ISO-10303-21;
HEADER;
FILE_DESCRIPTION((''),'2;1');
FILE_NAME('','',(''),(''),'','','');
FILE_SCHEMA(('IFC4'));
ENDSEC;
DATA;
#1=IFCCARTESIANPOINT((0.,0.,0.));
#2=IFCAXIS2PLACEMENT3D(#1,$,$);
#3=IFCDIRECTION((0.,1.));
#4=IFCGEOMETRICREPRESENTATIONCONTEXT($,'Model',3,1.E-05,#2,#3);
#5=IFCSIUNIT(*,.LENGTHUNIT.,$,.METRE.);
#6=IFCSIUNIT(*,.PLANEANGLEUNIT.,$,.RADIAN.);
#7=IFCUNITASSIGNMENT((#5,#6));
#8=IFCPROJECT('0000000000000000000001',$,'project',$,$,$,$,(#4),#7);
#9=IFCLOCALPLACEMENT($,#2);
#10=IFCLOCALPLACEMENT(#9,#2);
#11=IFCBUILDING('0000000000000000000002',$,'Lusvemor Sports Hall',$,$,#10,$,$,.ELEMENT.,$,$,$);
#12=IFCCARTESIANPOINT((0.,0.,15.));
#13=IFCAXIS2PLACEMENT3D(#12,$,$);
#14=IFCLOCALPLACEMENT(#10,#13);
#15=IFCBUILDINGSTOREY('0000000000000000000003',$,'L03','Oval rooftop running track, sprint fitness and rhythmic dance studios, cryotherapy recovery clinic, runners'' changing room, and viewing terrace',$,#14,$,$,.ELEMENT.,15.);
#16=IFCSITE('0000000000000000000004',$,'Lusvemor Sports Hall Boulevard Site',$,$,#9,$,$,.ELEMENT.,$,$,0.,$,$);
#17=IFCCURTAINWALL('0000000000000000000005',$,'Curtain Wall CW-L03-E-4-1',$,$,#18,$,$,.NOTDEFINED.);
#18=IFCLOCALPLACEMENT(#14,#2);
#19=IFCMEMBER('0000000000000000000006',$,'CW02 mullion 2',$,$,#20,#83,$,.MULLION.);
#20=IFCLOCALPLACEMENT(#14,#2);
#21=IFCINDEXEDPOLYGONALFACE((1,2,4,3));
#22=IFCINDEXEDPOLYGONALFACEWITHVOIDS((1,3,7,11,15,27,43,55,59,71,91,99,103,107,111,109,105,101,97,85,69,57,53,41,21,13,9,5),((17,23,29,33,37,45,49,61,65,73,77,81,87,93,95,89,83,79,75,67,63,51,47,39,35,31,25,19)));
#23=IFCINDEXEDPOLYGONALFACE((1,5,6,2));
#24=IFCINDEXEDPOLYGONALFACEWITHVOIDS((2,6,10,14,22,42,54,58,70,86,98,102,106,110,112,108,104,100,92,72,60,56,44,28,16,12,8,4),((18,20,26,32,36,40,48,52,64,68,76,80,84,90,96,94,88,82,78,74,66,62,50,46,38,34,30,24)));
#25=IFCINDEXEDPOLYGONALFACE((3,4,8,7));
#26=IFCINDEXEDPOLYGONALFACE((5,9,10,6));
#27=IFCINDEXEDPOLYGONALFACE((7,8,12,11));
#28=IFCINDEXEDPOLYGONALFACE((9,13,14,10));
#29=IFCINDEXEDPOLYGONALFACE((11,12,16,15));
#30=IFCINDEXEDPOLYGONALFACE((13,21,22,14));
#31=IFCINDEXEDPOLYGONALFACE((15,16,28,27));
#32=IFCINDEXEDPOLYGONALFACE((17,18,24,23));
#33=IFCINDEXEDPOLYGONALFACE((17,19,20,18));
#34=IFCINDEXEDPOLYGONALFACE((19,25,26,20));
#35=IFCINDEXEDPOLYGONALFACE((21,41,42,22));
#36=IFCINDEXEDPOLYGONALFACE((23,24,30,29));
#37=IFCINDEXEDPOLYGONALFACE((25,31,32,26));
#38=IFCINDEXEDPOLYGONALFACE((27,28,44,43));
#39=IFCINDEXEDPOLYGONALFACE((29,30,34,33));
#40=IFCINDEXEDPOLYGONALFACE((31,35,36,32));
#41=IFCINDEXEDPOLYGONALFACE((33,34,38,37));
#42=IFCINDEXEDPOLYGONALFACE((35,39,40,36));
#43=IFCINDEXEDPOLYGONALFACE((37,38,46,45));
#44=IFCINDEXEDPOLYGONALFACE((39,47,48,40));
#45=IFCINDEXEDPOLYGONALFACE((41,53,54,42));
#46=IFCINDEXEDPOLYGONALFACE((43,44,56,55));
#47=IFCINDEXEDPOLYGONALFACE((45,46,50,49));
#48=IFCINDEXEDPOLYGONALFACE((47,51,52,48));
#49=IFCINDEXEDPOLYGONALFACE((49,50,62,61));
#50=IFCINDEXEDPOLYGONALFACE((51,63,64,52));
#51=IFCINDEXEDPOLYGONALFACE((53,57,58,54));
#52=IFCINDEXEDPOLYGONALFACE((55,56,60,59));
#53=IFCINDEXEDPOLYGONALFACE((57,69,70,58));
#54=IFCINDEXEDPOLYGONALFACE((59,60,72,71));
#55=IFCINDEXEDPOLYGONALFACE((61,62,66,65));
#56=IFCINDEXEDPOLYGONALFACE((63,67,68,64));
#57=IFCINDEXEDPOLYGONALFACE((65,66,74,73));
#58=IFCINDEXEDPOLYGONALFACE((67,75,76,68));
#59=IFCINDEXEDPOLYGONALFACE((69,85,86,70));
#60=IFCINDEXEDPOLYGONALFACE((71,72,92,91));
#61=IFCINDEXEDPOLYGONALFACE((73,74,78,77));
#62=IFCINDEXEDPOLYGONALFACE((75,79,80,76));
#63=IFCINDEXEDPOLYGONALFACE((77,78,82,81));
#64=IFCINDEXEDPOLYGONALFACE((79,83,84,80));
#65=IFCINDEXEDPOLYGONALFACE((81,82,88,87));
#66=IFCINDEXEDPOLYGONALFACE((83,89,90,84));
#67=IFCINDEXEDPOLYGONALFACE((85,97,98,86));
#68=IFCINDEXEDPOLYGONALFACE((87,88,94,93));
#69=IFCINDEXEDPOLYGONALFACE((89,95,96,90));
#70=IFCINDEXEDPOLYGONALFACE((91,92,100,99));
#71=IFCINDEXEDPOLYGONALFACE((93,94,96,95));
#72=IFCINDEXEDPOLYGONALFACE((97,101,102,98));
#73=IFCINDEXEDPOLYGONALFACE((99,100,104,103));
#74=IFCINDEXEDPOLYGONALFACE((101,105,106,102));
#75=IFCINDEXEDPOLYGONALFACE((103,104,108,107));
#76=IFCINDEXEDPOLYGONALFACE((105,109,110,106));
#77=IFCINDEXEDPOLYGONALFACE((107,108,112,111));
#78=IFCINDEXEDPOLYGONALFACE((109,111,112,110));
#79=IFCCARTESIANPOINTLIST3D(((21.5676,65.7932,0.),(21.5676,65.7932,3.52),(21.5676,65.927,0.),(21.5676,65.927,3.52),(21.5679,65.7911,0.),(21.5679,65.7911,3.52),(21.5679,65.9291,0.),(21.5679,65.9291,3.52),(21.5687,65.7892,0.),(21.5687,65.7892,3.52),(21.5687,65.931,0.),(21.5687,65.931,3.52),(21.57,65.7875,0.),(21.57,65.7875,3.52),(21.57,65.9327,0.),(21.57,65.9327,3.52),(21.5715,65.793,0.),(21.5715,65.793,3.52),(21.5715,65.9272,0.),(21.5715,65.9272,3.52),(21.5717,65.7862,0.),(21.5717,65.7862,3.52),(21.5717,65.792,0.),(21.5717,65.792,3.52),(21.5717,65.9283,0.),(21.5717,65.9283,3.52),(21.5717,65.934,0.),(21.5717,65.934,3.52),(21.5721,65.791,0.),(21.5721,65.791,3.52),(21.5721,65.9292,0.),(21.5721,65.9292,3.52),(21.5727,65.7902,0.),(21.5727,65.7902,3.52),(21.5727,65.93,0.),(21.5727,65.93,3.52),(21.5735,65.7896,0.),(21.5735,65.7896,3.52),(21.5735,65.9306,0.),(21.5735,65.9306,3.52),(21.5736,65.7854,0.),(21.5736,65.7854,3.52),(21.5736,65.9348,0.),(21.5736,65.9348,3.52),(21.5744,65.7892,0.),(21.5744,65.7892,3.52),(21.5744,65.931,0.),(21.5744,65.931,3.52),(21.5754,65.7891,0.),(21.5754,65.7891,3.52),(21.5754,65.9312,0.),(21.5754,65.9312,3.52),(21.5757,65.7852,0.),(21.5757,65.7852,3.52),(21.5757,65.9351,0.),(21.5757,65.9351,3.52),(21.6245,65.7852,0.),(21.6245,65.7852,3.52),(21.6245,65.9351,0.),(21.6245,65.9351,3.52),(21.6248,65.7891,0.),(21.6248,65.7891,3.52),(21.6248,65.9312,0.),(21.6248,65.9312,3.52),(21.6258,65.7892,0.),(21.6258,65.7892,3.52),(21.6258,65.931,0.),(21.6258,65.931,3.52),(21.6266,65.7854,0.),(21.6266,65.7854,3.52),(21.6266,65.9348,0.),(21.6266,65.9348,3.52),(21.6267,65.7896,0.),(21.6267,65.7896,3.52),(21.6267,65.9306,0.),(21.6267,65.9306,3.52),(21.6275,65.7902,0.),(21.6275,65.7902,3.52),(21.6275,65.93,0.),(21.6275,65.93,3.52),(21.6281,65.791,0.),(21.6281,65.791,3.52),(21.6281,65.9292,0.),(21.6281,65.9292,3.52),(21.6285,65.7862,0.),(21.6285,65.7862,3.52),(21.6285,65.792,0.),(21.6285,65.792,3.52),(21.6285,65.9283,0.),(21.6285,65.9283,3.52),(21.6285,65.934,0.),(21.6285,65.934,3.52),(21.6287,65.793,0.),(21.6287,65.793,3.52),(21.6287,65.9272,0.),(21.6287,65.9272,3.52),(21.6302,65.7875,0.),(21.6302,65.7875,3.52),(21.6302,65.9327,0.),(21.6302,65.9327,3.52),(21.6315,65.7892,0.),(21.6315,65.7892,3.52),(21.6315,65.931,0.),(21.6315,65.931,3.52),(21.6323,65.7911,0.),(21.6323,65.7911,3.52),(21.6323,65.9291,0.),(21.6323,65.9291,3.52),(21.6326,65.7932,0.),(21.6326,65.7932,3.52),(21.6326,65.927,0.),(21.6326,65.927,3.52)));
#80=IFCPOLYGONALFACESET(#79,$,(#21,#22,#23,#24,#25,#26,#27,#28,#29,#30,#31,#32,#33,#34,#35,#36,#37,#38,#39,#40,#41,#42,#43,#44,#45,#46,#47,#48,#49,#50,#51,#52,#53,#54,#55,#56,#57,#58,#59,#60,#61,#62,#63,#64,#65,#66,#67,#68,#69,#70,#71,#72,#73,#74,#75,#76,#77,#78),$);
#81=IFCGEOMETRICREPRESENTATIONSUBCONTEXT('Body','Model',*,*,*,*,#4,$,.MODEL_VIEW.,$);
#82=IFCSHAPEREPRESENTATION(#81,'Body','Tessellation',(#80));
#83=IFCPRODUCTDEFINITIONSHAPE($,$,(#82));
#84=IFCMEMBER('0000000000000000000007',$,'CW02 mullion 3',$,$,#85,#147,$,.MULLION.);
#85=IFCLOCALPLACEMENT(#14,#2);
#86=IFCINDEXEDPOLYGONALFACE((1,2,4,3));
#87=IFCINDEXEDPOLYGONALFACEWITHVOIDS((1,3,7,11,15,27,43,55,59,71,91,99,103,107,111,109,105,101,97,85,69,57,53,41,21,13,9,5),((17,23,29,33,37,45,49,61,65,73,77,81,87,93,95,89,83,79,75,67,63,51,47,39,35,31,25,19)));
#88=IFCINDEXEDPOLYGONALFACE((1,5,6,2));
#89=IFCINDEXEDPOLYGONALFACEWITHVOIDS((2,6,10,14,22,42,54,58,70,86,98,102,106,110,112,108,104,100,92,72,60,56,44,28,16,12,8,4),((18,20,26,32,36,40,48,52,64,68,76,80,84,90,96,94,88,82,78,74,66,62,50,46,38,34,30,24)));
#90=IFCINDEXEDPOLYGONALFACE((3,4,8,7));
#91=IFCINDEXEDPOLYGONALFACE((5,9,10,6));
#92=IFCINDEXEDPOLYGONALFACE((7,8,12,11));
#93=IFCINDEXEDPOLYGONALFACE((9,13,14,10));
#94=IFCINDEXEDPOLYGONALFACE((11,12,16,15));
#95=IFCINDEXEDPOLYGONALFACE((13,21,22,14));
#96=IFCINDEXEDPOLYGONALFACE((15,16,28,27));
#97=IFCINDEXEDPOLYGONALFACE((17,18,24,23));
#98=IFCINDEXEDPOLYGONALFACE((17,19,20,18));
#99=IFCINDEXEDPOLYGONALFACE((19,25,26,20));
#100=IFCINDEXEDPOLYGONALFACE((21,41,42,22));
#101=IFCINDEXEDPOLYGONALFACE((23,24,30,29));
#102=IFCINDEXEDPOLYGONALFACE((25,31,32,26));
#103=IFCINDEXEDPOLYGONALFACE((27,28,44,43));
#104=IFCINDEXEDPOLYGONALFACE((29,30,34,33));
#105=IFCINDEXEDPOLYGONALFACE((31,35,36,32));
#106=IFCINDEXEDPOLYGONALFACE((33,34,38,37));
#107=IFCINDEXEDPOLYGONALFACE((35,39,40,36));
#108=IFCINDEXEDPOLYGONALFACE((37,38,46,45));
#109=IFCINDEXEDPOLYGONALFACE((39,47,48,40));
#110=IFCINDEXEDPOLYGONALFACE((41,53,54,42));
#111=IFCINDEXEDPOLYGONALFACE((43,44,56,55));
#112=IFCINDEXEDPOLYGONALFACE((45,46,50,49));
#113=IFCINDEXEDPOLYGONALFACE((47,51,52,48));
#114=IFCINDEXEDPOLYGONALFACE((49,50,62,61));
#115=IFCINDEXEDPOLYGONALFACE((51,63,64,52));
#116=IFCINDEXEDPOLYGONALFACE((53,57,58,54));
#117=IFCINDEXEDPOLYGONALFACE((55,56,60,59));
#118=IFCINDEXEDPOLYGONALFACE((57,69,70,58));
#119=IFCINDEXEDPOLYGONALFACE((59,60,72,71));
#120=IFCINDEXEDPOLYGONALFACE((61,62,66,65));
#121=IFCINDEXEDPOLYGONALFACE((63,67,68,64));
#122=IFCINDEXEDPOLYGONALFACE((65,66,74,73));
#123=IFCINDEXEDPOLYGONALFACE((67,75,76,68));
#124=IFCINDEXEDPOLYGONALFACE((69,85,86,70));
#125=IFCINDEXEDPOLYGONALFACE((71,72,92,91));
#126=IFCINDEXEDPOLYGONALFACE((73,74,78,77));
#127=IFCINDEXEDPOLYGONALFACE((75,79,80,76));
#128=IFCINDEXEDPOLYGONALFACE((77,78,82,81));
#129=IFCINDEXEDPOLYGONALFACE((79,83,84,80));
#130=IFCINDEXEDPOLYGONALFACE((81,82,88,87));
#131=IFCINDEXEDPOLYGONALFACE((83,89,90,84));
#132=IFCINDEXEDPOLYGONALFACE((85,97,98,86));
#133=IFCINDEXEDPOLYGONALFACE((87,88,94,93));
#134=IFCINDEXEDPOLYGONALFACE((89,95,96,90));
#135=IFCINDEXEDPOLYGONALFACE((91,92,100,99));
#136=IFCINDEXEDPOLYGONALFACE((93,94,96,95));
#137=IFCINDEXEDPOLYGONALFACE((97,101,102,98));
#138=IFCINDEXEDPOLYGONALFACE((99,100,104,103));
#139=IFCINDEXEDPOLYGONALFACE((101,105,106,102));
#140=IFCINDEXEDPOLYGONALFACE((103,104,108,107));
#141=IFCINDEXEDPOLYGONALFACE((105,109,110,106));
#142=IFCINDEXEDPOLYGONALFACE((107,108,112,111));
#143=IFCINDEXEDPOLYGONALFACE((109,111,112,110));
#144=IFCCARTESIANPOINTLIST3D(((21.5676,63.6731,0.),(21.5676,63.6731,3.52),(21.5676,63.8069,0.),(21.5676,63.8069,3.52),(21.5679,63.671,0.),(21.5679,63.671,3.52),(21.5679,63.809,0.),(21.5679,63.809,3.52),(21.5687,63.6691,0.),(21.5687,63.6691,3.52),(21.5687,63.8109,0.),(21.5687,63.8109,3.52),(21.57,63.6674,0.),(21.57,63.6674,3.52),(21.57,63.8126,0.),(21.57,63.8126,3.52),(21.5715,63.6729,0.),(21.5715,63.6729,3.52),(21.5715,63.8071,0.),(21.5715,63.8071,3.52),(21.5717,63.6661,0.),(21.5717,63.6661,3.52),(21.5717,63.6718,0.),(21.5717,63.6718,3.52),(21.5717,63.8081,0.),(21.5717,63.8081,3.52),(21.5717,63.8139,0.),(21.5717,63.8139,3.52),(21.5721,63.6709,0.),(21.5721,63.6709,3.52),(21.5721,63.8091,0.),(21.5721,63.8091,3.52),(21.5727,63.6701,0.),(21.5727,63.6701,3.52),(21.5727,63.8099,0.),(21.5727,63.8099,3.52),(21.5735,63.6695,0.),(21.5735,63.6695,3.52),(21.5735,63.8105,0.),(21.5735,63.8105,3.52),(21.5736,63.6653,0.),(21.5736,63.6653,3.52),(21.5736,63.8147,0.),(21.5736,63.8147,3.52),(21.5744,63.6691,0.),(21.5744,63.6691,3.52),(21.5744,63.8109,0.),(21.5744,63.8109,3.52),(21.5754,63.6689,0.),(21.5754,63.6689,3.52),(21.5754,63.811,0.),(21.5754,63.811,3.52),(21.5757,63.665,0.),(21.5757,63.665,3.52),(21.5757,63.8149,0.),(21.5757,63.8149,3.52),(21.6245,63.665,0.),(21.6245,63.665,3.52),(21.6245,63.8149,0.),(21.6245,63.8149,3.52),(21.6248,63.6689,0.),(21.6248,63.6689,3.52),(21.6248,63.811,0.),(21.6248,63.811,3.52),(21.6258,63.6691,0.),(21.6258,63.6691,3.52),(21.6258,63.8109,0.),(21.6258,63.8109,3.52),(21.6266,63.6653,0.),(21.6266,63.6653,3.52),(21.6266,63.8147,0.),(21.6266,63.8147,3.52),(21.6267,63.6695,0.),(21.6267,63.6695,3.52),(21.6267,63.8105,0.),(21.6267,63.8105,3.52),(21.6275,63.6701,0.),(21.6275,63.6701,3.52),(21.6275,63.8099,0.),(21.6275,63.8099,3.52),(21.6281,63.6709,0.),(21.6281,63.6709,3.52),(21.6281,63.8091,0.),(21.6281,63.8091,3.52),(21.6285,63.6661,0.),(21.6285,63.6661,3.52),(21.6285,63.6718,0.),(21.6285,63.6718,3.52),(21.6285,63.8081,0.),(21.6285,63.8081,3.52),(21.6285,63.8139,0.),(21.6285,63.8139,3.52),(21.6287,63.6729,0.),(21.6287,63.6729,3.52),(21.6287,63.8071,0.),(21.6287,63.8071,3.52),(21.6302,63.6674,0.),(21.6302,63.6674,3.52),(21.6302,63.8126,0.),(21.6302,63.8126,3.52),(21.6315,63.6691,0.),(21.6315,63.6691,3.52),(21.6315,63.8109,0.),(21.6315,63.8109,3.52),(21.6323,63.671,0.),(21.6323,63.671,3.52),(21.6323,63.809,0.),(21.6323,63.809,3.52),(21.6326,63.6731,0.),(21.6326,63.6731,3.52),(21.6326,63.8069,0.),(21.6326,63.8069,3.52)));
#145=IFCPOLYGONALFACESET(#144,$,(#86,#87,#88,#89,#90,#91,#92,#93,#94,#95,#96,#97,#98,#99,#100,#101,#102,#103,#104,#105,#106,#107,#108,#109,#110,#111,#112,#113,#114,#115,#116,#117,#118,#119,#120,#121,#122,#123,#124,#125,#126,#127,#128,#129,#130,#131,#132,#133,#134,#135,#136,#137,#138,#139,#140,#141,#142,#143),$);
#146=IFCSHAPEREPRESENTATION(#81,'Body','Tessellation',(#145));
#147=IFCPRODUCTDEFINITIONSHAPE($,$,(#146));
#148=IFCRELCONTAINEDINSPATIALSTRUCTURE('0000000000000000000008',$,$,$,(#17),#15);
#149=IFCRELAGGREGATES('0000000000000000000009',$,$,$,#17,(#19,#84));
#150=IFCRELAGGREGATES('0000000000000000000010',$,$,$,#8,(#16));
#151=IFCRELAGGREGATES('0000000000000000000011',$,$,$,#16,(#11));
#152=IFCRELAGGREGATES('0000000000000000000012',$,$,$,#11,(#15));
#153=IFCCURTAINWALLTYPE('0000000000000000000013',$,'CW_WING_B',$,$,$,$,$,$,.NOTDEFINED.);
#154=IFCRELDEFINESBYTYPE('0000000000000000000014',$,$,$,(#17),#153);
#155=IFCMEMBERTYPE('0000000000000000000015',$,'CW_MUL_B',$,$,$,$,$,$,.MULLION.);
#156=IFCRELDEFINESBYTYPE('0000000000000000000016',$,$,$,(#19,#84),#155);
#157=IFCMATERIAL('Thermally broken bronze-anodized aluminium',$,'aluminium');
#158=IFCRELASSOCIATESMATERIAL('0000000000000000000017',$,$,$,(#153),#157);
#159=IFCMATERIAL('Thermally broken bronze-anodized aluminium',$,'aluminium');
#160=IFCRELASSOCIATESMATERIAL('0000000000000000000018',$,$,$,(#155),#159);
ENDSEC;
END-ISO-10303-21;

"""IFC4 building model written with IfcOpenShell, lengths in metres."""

from ifc_helpers import new_model, si_unit, direction, frame, origin, origin_2d, place, context, subcontext, project, spatial, hollow_rectangle, extrude, material, material_profile, profile_set, type_object, element, aggregate, save


model = new_model("IFC4")

# Units and contexts
model_context = context("Model", 3, precision=1e-05, world=origin(), true_north=direction((0.0, 1.0)))
body_context = subcontext(model_context, "Body", "Model", "MODEL_VIEW")
ifc_project = project(units=[si_unit("LENGTHUNIT", "METRE"), si_unit("PLANEANGLEUNIT", "RADIAN")], contexts=[model_context])

# Site, building, storey
site_placement = place(None, origin())
site = spatial("IfcSite", under=ifc_project, at=site_placement, Name="Lusvemor Sports Hall Boulevard Site", CompositionType="ELEMENT", RefElevation=0.0)
building_placement = place(site_placement, origin())
building = spatial("IfcBuilding", under=site, at=building_placement, Name="Lusvemor Sports Hall", CompositionType="ELEMENT")
storey_placement = place(building_placement, frame((0.0, 0.0, 15.0)))
storey = spatial("IfcBuildingStorey", under=building, at=storey_placement, Name="L03", Description="Oval rooftop running track, sprint fitness and rhythmic dance studios, cryotherapy recovery clinic, runners' changing room, and viewing terrace", CompositionType="ELEMENT", Elevation=15.0)

# Shared definitions
ifc_material_1 = material(Name="Thermally broken bronze-anodized aluminium", Category="aluminium")
curtain_wall_type = type_object("IfcCurtainWallType", Name="CW_WING_B", PredefinedType="NOTDEFINED", material=ifc_material_1)
ifc_material_2 = material(Name="Thermally broken bronze-anodized aluminium", Category="aluminium")
ifc_material_profile_1 = material_profile(ifc_material_2, hollow_rectangle(XDim=0.0649, YDim=0.1499, WallThickness=0.0039, InnerFilletRadius=0.0039, OuterFilletRadius=0.0081, at=origin_2d()), Name="CWMUL150x65x4")
ifc_profile_set_1 = profile_set([ifc_material_profile_1], Name="Thermally broken bronze-anodized aluminium")
member_type_1 = type_object("IfcMemberType", Name="CW_MUL_B", PredefinedType="MULLION", material=ifc_profile_set_1)

# Curtain wall, members
curtain_wall_1_placement = place(storey_placement, origin())
curtain_wall_1 = element("IfcCurtainWall", 1, at=curtain_wall_1_placement, inside=storey, type_object=curtain_wall_type, Name="Curtain Wall CW-L03-E-4-1", PredefinedType="NOTDEFINED")
member_1_placement = place(storey_placement, frame((21.6001, 65.8601, 0.0), z_axis=(0.0, 0.0, 1.0), x_axis=(1.0, 0.0, 0.0)))
member_1 = element("IfcMember", 2, at=member_1_placement, type_object=member_type_1, Name="CW02 mullion 2", PredefinedType="MULLION", context=body_context, shape_type="SweptSolid", body=[
    extrude(hollow_rectangle(XDim=0.0649, YDim=0.1499, WallThickness=0.0039, InnerFilletRadius=0.0039, OuterFilletRadius=0.0081, at=origin_2d()), origin(), (0.0, 0.0, 1.0), 3.52),
])
member_2_placement = place(storey_placement, frame((21.6001, 63.74, 0.0), z_axis=(0.0, 0.0, 1.0), x_axis=(1.0, 0.0, 0.0)))
member_2 = element("IfcMember", 3, at=member_2_placement, type_object=member_type_1, Name="CW02 mullion 3", PredefinedType="MULLION", context=body_context, shape_type="SweptSolid", body=[
    extrude(hollow_rectangle(XDim=0.0649, YDim=0.1499, WallThickness=0.0039, InnerFilletRadius=0.0039, OuterFilletRadius=0.0081, at=origin_2d()), origin(), (0.0, 0.0, 1.0), 3.52),
])

aggregate(curtain_wall_1, [member_1, member_2])

save(model, "model.ifc")
